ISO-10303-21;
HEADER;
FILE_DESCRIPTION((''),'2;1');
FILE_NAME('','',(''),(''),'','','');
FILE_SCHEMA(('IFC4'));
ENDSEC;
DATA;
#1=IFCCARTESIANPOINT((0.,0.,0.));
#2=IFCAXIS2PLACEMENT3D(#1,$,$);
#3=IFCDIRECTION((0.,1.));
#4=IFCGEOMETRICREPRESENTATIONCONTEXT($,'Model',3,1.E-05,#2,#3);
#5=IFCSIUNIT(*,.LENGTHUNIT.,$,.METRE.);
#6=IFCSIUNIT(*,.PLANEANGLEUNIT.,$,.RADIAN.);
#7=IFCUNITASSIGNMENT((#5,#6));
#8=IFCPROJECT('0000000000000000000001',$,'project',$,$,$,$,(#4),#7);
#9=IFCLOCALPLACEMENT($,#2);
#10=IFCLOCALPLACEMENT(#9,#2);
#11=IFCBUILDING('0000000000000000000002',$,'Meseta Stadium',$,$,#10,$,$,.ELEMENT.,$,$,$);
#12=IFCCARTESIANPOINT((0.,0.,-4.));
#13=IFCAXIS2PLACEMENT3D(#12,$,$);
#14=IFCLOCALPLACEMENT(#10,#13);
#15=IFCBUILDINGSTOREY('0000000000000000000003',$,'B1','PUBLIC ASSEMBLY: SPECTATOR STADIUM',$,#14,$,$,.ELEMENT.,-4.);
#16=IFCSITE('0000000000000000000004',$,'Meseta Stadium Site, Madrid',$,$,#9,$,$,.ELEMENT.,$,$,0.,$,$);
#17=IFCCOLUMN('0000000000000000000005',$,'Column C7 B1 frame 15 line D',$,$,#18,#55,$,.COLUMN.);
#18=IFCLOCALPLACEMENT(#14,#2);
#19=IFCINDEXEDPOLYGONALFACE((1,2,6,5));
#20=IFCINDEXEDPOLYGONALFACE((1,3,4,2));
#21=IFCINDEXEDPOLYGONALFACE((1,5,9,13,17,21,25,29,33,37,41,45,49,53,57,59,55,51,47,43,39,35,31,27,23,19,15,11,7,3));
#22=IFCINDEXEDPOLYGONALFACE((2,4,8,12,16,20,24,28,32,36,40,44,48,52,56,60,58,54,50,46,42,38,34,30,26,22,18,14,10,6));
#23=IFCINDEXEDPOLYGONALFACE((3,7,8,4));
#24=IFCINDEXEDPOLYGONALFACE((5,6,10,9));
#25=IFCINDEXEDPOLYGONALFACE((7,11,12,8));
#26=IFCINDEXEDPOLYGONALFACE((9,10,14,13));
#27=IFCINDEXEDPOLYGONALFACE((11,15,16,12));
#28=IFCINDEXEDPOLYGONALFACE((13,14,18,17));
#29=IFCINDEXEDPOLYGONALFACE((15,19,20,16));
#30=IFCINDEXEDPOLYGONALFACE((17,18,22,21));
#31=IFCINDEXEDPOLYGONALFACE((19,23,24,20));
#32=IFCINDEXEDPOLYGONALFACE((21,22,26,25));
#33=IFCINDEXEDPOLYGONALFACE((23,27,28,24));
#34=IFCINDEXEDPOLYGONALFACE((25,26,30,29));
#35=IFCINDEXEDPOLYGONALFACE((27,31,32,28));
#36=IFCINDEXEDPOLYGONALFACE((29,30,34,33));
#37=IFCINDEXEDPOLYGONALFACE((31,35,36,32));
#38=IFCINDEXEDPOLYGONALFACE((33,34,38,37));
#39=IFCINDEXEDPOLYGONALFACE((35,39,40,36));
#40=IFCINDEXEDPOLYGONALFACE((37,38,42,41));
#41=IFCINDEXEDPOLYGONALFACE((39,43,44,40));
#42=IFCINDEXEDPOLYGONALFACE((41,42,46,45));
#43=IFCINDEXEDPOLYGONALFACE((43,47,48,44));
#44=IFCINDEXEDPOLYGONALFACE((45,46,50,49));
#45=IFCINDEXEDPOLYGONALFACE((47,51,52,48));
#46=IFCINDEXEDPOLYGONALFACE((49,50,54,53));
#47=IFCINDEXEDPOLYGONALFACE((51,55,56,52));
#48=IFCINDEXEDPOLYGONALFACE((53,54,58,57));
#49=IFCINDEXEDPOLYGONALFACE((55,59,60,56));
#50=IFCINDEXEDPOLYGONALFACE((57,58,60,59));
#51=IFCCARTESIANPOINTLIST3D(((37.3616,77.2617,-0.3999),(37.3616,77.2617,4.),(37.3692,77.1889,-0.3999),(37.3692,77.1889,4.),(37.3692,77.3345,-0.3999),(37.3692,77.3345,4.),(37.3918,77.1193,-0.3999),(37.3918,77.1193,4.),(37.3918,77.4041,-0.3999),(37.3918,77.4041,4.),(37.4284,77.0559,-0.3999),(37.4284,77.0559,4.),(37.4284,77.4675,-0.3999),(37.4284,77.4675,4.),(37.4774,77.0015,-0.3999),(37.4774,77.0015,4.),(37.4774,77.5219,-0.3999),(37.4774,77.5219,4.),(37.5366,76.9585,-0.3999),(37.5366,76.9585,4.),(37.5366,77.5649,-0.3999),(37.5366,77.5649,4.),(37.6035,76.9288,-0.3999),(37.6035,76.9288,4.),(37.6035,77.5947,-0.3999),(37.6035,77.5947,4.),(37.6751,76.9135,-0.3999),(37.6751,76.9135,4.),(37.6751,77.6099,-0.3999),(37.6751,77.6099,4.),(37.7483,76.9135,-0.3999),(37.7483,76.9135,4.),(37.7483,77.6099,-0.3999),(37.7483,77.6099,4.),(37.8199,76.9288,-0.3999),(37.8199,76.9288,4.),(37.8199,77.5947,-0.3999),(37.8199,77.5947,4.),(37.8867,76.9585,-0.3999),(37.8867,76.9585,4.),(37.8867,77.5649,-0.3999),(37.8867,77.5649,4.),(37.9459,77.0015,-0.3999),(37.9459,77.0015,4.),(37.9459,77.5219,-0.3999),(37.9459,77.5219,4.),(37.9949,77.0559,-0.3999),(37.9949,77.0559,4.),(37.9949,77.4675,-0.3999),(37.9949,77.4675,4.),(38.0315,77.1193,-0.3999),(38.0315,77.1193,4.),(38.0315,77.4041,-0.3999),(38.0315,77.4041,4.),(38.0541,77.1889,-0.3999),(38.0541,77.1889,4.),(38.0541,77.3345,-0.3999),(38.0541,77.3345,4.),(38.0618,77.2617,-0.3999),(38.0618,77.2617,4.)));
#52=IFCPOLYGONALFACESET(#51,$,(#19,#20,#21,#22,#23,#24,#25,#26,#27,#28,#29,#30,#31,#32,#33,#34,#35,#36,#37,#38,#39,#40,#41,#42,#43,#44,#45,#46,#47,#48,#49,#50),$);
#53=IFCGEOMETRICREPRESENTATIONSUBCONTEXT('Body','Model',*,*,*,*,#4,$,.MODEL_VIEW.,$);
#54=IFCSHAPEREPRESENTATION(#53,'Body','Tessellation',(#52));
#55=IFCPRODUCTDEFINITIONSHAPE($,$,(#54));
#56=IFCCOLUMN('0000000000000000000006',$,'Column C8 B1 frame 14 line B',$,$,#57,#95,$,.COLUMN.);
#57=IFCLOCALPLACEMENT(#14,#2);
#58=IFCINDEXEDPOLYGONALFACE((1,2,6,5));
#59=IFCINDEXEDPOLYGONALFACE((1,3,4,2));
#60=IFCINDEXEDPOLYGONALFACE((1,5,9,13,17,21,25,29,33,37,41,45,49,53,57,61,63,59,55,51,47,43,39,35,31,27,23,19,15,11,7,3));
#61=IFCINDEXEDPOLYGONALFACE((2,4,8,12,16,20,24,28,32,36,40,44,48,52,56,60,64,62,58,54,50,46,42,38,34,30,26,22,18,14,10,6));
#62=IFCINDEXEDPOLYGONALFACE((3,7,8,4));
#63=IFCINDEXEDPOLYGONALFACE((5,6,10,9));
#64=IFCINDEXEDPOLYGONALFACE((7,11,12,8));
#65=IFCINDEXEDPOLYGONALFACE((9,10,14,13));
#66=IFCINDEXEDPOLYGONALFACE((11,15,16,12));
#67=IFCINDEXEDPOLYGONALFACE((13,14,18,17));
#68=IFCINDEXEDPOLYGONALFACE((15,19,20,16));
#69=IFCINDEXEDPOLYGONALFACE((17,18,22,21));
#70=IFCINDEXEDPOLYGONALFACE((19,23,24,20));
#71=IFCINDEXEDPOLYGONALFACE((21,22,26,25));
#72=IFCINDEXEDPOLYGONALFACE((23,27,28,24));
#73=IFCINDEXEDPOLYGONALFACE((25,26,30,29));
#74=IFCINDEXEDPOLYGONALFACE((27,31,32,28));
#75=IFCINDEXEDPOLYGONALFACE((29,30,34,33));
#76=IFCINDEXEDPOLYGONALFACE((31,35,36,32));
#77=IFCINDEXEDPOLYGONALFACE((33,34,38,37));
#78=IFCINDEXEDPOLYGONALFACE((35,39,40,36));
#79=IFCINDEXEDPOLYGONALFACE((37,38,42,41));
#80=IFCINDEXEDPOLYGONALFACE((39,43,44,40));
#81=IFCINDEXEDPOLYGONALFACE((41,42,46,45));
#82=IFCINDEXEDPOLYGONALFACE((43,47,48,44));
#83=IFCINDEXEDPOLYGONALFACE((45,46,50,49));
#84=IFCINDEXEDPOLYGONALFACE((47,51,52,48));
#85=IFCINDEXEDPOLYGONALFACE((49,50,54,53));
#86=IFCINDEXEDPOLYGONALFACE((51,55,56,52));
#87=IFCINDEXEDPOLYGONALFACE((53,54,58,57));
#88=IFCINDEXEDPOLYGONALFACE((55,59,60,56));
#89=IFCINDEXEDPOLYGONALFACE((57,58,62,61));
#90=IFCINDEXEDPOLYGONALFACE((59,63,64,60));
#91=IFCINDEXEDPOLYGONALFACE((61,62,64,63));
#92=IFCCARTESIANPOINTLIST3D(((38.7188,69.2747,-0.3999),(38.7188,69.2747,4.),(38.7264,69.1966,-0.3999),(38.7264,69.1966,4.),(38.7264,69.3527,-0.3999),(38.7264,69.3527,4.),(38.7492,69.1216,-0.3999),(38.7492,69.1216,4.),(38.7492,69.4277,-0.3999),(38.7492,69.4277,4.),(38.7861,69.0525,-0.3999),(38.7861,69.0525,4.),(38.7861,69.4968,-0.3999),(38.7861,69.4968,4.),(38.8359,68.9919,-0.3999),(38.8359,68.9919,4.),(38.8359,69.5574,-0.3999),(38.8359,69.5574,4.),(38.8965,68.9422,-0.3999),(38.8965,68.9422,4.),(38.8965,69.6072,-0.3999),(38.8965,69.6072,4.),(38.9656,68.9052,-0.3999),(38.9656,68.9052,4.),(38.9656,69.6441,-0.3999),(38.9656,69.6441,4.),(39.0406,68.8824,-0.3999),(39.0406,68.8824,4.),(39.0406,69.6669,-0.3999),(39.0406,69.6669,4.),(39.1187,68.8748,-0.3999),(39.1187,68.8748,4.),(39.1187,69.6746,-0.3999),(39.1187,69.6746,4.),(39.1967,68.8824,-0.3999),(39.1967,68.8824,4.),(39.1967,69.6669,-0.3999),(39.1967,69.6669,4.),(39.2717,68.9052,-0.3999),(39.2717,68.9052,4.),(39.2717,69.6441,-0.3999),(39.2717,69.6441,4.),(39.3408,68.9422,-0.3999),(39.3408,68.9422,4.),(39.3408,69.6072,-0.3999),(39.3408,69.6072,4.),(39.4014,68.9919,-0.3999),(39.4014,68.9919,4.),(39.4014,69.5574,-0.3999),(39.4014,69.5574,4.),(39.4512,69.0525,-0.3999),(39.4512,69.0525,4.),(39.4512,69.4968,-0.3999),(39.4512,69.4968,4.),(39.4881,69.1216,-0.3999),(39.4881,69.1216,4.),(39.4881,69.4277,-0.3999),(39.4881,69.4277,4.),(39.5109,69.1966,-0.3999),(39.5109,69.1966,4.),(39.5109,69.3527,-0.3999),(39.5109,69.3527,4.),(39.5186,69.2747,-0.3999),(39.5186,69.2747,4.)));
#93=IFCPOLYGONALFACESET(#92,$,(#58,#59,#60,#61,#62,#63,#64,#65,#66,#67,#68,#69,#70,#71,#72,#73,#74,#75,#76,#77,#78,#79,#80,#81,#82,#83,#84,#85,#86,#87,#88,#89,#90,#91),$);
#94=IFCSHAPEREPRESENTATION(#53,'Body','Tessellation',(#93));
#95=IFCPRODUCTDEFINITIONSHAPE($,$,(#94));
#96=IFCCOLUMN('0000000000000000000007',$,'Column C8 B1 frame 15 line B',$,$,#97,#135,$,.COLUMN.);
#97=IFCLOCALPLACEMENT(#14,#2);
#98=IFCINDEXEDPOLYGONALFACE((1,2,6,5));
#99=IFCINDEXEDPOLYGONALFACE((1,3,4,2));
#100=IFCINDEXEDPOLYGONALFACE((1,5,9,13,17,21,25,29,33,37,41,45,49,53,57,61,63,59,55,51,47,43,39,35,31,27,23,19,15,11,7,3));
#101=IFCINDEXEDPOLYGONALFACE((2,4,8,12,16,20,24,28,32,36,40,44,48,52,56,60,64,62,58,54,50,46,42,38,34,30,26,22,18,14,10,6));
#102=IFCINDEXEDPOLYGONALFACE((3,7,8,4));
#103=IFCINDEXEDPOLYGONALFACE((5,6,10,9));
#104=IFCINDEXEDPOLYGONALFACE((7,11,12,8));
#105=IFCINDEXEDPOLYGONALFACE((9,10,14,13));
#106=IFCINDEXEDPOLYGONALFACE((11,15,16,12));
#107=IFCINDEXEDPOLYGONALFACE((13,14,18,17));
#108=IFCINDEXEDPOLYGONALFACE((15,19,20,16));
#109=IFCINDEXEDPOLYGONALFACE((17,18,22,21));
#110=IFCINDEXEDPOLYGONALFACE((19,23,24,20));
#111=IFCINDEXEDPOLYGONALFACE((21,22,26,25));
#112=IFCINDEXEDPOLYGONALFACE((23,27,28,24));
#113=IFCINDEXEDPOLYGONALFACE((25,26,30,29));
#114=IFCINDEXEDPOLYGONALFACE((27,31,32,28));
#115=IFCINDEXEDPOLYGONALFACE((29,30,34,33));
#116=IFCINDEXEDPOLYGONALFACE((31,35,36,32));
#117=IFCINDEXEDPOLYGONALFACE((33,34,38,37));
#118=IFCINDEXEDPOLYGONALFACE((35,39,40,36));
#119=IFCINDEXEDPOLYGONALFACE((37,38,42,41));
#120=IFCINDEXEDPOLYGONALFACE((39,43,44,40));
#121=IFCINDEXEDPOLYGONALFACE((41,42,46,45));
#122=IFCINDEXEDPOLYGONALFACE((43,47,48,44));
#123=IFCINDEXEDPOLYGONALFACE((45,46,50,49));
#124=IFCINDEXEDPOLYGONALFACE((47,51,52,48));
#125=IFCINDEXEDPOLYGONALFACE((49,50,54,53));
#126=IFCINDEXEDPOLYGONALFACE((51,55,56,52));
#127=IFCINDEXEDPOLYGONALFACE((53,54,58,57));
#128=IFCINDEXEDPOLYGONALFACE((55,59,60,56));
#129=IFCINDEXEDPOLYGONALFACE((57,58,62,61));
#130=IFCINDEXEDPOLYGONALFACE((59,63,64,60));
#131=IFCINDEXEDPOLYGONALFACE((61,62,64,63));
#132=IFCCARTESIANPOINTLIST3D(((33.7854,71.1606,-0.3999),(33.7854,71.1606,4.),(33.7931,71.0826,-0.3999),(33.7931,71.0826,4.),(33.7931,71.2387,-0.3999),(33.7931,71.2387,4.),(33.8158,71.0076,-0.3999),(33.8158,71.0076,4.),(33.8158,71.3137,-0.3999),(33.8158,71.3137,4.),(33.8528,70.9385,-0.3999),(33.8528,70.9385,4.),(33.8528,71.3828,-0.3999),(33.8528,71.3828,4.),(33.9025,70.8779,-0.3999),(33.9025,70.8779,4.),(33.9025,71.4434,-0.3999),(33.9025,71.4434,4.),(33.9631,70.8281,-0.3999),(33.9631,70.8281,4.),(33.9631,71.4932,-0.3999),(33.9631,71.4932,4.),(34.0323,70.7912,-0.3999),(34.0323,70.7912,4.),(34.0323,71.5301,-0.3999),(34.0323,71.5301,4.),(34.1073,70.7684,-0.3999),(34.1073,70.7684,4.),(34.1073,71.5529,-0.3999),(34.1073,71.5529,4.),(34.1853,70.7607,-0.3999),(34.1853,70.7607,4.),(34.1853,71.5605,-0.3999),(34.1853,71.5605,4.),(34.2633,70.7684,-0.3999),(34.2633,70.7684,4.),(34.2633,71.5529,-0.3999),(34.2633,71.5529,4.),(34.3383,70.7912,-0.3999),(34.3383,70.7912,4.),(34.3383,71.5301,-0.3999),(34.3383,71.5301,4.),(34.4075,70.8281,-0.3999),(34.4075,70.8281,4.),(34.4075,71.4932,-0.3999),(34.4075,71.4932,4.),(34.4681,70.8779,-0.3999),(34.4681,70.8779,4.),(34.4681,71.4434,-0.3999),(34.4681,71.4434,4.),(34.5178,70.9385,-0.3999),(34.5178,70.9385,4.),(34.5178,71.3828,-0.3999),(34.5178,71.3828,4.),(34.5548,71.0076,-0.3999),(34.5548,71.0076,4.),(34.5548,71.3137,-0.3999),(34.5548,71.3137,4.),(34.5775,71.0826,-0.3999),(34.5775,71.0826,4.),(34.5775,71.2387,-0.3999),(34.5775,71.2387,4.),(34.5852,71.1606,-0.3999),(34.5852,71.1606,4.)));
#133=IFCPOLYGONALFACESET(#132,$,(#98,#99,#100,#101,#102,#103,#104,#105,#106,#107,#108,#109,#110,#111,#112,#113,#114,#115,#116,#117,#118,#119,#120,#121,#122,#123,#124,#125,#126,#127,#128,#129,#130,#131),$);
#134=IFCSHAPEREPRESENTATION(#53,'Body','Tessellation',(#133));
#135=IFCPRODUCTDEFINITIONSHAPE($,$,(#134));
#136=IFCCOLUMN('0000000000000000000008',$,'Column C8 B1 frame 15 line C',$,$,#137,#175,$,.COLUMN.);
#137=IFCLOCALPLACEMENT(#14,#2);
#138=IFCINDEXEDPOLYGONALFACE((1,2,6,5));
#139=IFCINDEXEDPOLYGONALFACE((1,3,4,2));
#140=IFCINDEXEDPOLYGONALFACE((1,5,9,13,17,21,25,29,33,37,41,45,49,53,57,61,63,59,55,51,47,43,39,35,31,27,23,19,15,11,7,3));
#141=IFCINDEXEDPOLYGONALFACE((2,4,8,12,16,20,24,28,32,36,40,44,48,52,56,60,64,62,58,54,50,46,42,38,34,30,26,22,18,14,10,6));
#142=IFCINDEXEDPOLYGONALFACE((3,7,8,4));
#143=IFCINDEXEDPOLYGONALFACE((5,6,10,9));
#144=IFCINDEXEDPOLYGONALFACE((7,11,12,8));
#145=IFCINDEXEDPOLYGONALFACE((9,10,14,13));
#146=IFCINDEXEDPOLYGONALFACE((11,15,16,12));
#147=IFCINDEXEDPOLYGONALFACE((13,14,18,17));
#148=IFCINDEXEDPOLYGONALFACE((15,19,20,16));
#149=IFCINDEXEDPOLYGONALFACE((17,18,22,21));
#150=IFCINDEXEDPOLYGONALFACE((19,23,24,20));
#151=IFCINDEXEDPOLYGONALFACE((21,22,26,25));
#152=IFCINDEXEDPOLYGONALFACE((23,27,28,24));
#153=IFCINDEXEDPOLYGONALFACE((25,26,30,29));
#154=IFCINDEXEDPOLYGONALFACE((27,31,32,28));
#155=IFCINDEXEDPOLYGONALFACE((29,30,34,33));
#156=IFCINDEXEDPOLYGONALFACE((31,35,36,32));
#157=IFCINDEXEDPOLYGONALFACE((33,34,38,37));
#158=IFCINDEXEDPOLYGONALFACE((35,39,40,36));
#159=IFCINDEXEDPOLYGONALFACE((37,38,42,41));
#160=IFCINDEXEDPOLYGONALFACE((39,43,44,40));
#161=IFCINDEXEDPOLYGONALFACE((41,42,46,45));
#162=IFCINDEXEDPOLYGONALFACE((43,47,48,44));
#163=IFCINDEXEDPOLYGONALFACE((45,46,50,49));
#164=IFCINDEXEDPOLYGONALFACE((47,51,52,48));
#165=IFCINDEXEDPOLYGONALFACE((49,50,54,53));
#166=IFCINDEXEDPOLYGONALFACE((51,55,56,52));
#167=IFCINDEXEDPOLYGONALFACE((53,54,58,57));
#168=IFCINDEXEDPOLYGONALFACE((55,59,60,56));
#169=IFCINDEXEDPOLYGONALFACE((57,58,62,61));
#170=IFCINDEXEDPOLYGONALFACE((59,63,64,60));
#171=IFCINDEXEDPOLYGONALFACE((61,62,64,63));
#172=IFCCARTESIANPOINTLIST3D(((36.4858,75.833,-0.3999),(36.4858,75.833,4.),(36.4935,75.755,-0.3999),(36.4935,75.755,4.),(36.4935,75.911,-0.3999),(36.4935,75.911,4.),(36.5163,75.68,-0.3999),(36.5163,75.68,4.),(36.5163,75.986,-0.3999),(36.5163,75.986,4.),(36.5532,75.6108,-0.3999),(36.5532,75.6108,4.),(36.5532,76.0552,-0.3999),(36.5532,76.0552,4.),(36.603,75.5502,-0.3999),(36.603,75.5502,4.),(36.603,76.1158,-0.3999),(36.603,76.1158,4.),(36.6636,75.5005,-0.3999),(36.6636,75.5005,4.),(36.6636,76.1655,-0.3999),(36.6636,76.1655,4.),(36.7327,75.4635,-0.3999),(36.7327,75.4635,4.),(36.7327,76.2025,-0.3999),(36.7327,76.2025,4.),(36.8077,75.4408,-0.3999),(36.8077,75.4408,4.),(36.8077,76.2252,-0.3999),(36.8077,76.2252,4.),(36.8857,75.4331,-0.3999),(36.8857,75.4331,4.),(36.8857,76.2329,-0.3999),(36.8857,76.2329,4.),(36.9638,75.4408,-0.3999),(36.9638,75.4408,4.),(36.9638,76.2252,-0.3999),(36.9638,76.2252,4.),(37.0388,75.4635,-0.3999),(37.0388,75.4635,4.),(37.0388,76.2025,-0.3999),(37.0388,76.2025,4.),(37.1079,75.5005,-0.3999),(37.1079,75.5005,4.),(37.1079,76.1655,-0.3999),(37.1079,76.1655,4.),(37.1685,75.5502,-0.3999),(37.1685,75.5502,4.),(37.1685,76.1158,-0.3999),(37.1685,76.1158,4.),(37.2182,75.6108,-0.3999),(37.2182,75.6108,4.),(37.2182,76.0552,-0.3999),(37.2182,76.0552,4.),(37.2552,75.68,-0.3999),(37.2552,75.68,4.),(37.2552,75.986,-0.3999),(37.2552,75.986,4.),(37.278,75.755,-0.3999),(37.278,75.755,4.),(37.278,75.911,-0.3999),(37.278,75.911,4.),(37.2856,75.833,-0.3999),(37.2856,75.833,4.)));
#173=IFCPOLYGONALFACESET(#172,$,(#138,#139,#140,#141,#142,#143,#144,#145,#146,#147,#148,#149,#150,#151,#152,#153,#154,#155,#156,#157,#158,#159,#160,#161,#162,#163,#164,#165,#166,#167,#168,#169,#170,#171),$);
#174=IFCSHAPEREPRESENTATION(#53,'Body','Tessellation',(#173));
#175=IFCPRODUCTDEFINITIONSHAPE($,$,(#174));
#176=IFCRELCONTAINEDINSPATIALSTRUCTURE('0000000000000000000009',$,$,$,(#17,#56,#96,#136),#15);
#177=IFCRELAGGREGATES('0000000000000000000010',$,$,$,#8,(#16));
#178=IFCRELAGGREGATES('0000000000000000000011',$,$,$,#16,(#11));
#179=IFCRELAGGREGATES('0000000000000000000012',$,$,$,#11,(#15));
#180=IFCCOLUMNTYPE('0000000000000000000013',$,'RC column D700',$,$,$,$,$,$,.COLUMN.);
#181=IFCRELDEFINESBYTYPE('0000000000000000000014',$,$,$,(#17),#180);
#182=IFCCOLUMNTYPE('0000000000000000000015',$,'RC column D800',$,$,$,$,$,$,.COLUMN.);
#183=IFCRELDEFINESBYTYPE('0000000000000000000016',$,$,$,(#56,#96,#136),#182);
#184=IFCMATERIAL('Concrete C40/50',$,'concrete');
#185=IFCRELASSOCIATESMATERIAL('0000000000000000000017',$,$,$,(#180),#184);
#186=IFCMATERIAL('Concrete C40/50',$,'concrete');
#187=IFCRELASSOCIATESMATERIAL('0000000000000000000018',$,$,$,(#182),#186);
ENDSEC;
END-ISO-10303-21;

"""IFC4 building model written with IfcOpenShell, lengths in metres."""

from ifc_helpers import new_model, si_unit, direction, frame, origin, origin_2d, place, context, subcontext, project, spatial, circle, extrude, material, material_profile, profile_set, type_object, element, save


model = new_model("IFC4")

# Units and contexts
model_context = context("Model", 3, precision=1e-05, world=origin(), true_north=direction((0.0, 1.0)))
body_context = subcontext(model_context, "Body", "Model", "MODEL_VIEW")
ifc_project = project(units=[si_unit("LENGTHUNIT", "METRE"), si_unit("PLANEANGLEUNIT", "RADIAN")], contexts=[model_context])

# Site, building, storey
site_placement = place(None, origin())
site = spatial("IfcSite", under=ifc_project, at=site_placement, Name="Meseta Stadium Site, Madrid", CompositionType="ELEMENT", RefElevation=0.0)
building_placement = place(site_placement, origin())
building = spatial("IfcBuilding", under=site, at=building_placement, Name="Meseta Stadium", CompositionType="ELEMENT")
storey_placement = place(building_placement, frame((0.0, 0.0, -4.0)))
storey = spatial("IfcBuildingStorey", under=building, at=storey_placement, Name="B1", Description="PUBLIC ASSEMBLY: SPECTATOR STADIUM", CompositionType="ELEMENT", Elevation=-4.0)

# Columns
ifc_material_1 = material(Name="Concrete C40/50", Category="concrete")
ifc_material_profile_1 = material_profile(ifc_material_1, circle(Radius=0.3501, at=origin_2d()), Name="RC D700")
ifc_profile_set_1 = profile_set([ifc_material_profile_1], Name="Concrete C40/50")
column_type_1 = type_object("IfcColumnType", Name="RC column D700", PredefinedType="COLUMN", material=ifc_profile_set_1)
column_placement = place(storey_placement, frame((37.7117, 77.2617, -0.3999), z_axis=(0.0, 0.0, 1.0), x_axis=(1.0, 0.0, 0.0)))
element("IfcColumn", 1, at=column_placement, inside=storey, type_object=column_type_1, Name="Column C7 B1 frame 15 line D", PredefinedType="COLUMN", context=body_context, shape_type="SweptSolid", body=[
    extrude(circle(Radius=0.3501, at=origin_2d()), origin(), (0.0, 0.0, 1.0), 4.3999),
])
ifc_material_2 = material(Name="Concrete C40/50", Category="concrete")
ifc_material_profile_2 = material_profile(ifc_material_2, circle(Radius=0.3999, at=origin_2d()), Name="RC D800")
ifc_profile_set_2 = profile_set([ifc_material_profile_2], Name="Concrete C40/50")
column_type_2 = type_object("IfcColumnType", Name="RC column D800", PredefinedType="COLUMN", material=ifc_profile_set_2)
for number, where, z_axis, x_axis, name in (
    (2, (39.1187, 69.2747, -0.3999), (0.0, 0.0, 1.0), (1.0, 0.0, 0.0), "Column C8 B1 frame 14 line B"),
    (3, (34.1853, 71.1606, -0.3999), (0.0, 0.0, 1.0), (1.0, 0.0, 0.0), "Column C8 B1 frame 15 line B"),
    (4, (36.8857, 75.833, -0.3999), (0.0, 0.0, 1.0), (1.0, 0.0, 0.0), "Column C8 B1 frame 15 line C"),
):
    element("IfcColumn", number, at=place(storey_placement, frame(where, z_axis=z_axis, x_axis=x_axis)), inside=storey, type_object=column_type_2, Name=name, PredefinedType="COLUMN", context=body_context, shape_type="SweptSolid", body=[
        extrude(circle(Radius=0.3999, at=origin_2d()), origin(), (0.0, 0.0, 1.0), 4.3999),
    ])

save(model, "model.ifc")
